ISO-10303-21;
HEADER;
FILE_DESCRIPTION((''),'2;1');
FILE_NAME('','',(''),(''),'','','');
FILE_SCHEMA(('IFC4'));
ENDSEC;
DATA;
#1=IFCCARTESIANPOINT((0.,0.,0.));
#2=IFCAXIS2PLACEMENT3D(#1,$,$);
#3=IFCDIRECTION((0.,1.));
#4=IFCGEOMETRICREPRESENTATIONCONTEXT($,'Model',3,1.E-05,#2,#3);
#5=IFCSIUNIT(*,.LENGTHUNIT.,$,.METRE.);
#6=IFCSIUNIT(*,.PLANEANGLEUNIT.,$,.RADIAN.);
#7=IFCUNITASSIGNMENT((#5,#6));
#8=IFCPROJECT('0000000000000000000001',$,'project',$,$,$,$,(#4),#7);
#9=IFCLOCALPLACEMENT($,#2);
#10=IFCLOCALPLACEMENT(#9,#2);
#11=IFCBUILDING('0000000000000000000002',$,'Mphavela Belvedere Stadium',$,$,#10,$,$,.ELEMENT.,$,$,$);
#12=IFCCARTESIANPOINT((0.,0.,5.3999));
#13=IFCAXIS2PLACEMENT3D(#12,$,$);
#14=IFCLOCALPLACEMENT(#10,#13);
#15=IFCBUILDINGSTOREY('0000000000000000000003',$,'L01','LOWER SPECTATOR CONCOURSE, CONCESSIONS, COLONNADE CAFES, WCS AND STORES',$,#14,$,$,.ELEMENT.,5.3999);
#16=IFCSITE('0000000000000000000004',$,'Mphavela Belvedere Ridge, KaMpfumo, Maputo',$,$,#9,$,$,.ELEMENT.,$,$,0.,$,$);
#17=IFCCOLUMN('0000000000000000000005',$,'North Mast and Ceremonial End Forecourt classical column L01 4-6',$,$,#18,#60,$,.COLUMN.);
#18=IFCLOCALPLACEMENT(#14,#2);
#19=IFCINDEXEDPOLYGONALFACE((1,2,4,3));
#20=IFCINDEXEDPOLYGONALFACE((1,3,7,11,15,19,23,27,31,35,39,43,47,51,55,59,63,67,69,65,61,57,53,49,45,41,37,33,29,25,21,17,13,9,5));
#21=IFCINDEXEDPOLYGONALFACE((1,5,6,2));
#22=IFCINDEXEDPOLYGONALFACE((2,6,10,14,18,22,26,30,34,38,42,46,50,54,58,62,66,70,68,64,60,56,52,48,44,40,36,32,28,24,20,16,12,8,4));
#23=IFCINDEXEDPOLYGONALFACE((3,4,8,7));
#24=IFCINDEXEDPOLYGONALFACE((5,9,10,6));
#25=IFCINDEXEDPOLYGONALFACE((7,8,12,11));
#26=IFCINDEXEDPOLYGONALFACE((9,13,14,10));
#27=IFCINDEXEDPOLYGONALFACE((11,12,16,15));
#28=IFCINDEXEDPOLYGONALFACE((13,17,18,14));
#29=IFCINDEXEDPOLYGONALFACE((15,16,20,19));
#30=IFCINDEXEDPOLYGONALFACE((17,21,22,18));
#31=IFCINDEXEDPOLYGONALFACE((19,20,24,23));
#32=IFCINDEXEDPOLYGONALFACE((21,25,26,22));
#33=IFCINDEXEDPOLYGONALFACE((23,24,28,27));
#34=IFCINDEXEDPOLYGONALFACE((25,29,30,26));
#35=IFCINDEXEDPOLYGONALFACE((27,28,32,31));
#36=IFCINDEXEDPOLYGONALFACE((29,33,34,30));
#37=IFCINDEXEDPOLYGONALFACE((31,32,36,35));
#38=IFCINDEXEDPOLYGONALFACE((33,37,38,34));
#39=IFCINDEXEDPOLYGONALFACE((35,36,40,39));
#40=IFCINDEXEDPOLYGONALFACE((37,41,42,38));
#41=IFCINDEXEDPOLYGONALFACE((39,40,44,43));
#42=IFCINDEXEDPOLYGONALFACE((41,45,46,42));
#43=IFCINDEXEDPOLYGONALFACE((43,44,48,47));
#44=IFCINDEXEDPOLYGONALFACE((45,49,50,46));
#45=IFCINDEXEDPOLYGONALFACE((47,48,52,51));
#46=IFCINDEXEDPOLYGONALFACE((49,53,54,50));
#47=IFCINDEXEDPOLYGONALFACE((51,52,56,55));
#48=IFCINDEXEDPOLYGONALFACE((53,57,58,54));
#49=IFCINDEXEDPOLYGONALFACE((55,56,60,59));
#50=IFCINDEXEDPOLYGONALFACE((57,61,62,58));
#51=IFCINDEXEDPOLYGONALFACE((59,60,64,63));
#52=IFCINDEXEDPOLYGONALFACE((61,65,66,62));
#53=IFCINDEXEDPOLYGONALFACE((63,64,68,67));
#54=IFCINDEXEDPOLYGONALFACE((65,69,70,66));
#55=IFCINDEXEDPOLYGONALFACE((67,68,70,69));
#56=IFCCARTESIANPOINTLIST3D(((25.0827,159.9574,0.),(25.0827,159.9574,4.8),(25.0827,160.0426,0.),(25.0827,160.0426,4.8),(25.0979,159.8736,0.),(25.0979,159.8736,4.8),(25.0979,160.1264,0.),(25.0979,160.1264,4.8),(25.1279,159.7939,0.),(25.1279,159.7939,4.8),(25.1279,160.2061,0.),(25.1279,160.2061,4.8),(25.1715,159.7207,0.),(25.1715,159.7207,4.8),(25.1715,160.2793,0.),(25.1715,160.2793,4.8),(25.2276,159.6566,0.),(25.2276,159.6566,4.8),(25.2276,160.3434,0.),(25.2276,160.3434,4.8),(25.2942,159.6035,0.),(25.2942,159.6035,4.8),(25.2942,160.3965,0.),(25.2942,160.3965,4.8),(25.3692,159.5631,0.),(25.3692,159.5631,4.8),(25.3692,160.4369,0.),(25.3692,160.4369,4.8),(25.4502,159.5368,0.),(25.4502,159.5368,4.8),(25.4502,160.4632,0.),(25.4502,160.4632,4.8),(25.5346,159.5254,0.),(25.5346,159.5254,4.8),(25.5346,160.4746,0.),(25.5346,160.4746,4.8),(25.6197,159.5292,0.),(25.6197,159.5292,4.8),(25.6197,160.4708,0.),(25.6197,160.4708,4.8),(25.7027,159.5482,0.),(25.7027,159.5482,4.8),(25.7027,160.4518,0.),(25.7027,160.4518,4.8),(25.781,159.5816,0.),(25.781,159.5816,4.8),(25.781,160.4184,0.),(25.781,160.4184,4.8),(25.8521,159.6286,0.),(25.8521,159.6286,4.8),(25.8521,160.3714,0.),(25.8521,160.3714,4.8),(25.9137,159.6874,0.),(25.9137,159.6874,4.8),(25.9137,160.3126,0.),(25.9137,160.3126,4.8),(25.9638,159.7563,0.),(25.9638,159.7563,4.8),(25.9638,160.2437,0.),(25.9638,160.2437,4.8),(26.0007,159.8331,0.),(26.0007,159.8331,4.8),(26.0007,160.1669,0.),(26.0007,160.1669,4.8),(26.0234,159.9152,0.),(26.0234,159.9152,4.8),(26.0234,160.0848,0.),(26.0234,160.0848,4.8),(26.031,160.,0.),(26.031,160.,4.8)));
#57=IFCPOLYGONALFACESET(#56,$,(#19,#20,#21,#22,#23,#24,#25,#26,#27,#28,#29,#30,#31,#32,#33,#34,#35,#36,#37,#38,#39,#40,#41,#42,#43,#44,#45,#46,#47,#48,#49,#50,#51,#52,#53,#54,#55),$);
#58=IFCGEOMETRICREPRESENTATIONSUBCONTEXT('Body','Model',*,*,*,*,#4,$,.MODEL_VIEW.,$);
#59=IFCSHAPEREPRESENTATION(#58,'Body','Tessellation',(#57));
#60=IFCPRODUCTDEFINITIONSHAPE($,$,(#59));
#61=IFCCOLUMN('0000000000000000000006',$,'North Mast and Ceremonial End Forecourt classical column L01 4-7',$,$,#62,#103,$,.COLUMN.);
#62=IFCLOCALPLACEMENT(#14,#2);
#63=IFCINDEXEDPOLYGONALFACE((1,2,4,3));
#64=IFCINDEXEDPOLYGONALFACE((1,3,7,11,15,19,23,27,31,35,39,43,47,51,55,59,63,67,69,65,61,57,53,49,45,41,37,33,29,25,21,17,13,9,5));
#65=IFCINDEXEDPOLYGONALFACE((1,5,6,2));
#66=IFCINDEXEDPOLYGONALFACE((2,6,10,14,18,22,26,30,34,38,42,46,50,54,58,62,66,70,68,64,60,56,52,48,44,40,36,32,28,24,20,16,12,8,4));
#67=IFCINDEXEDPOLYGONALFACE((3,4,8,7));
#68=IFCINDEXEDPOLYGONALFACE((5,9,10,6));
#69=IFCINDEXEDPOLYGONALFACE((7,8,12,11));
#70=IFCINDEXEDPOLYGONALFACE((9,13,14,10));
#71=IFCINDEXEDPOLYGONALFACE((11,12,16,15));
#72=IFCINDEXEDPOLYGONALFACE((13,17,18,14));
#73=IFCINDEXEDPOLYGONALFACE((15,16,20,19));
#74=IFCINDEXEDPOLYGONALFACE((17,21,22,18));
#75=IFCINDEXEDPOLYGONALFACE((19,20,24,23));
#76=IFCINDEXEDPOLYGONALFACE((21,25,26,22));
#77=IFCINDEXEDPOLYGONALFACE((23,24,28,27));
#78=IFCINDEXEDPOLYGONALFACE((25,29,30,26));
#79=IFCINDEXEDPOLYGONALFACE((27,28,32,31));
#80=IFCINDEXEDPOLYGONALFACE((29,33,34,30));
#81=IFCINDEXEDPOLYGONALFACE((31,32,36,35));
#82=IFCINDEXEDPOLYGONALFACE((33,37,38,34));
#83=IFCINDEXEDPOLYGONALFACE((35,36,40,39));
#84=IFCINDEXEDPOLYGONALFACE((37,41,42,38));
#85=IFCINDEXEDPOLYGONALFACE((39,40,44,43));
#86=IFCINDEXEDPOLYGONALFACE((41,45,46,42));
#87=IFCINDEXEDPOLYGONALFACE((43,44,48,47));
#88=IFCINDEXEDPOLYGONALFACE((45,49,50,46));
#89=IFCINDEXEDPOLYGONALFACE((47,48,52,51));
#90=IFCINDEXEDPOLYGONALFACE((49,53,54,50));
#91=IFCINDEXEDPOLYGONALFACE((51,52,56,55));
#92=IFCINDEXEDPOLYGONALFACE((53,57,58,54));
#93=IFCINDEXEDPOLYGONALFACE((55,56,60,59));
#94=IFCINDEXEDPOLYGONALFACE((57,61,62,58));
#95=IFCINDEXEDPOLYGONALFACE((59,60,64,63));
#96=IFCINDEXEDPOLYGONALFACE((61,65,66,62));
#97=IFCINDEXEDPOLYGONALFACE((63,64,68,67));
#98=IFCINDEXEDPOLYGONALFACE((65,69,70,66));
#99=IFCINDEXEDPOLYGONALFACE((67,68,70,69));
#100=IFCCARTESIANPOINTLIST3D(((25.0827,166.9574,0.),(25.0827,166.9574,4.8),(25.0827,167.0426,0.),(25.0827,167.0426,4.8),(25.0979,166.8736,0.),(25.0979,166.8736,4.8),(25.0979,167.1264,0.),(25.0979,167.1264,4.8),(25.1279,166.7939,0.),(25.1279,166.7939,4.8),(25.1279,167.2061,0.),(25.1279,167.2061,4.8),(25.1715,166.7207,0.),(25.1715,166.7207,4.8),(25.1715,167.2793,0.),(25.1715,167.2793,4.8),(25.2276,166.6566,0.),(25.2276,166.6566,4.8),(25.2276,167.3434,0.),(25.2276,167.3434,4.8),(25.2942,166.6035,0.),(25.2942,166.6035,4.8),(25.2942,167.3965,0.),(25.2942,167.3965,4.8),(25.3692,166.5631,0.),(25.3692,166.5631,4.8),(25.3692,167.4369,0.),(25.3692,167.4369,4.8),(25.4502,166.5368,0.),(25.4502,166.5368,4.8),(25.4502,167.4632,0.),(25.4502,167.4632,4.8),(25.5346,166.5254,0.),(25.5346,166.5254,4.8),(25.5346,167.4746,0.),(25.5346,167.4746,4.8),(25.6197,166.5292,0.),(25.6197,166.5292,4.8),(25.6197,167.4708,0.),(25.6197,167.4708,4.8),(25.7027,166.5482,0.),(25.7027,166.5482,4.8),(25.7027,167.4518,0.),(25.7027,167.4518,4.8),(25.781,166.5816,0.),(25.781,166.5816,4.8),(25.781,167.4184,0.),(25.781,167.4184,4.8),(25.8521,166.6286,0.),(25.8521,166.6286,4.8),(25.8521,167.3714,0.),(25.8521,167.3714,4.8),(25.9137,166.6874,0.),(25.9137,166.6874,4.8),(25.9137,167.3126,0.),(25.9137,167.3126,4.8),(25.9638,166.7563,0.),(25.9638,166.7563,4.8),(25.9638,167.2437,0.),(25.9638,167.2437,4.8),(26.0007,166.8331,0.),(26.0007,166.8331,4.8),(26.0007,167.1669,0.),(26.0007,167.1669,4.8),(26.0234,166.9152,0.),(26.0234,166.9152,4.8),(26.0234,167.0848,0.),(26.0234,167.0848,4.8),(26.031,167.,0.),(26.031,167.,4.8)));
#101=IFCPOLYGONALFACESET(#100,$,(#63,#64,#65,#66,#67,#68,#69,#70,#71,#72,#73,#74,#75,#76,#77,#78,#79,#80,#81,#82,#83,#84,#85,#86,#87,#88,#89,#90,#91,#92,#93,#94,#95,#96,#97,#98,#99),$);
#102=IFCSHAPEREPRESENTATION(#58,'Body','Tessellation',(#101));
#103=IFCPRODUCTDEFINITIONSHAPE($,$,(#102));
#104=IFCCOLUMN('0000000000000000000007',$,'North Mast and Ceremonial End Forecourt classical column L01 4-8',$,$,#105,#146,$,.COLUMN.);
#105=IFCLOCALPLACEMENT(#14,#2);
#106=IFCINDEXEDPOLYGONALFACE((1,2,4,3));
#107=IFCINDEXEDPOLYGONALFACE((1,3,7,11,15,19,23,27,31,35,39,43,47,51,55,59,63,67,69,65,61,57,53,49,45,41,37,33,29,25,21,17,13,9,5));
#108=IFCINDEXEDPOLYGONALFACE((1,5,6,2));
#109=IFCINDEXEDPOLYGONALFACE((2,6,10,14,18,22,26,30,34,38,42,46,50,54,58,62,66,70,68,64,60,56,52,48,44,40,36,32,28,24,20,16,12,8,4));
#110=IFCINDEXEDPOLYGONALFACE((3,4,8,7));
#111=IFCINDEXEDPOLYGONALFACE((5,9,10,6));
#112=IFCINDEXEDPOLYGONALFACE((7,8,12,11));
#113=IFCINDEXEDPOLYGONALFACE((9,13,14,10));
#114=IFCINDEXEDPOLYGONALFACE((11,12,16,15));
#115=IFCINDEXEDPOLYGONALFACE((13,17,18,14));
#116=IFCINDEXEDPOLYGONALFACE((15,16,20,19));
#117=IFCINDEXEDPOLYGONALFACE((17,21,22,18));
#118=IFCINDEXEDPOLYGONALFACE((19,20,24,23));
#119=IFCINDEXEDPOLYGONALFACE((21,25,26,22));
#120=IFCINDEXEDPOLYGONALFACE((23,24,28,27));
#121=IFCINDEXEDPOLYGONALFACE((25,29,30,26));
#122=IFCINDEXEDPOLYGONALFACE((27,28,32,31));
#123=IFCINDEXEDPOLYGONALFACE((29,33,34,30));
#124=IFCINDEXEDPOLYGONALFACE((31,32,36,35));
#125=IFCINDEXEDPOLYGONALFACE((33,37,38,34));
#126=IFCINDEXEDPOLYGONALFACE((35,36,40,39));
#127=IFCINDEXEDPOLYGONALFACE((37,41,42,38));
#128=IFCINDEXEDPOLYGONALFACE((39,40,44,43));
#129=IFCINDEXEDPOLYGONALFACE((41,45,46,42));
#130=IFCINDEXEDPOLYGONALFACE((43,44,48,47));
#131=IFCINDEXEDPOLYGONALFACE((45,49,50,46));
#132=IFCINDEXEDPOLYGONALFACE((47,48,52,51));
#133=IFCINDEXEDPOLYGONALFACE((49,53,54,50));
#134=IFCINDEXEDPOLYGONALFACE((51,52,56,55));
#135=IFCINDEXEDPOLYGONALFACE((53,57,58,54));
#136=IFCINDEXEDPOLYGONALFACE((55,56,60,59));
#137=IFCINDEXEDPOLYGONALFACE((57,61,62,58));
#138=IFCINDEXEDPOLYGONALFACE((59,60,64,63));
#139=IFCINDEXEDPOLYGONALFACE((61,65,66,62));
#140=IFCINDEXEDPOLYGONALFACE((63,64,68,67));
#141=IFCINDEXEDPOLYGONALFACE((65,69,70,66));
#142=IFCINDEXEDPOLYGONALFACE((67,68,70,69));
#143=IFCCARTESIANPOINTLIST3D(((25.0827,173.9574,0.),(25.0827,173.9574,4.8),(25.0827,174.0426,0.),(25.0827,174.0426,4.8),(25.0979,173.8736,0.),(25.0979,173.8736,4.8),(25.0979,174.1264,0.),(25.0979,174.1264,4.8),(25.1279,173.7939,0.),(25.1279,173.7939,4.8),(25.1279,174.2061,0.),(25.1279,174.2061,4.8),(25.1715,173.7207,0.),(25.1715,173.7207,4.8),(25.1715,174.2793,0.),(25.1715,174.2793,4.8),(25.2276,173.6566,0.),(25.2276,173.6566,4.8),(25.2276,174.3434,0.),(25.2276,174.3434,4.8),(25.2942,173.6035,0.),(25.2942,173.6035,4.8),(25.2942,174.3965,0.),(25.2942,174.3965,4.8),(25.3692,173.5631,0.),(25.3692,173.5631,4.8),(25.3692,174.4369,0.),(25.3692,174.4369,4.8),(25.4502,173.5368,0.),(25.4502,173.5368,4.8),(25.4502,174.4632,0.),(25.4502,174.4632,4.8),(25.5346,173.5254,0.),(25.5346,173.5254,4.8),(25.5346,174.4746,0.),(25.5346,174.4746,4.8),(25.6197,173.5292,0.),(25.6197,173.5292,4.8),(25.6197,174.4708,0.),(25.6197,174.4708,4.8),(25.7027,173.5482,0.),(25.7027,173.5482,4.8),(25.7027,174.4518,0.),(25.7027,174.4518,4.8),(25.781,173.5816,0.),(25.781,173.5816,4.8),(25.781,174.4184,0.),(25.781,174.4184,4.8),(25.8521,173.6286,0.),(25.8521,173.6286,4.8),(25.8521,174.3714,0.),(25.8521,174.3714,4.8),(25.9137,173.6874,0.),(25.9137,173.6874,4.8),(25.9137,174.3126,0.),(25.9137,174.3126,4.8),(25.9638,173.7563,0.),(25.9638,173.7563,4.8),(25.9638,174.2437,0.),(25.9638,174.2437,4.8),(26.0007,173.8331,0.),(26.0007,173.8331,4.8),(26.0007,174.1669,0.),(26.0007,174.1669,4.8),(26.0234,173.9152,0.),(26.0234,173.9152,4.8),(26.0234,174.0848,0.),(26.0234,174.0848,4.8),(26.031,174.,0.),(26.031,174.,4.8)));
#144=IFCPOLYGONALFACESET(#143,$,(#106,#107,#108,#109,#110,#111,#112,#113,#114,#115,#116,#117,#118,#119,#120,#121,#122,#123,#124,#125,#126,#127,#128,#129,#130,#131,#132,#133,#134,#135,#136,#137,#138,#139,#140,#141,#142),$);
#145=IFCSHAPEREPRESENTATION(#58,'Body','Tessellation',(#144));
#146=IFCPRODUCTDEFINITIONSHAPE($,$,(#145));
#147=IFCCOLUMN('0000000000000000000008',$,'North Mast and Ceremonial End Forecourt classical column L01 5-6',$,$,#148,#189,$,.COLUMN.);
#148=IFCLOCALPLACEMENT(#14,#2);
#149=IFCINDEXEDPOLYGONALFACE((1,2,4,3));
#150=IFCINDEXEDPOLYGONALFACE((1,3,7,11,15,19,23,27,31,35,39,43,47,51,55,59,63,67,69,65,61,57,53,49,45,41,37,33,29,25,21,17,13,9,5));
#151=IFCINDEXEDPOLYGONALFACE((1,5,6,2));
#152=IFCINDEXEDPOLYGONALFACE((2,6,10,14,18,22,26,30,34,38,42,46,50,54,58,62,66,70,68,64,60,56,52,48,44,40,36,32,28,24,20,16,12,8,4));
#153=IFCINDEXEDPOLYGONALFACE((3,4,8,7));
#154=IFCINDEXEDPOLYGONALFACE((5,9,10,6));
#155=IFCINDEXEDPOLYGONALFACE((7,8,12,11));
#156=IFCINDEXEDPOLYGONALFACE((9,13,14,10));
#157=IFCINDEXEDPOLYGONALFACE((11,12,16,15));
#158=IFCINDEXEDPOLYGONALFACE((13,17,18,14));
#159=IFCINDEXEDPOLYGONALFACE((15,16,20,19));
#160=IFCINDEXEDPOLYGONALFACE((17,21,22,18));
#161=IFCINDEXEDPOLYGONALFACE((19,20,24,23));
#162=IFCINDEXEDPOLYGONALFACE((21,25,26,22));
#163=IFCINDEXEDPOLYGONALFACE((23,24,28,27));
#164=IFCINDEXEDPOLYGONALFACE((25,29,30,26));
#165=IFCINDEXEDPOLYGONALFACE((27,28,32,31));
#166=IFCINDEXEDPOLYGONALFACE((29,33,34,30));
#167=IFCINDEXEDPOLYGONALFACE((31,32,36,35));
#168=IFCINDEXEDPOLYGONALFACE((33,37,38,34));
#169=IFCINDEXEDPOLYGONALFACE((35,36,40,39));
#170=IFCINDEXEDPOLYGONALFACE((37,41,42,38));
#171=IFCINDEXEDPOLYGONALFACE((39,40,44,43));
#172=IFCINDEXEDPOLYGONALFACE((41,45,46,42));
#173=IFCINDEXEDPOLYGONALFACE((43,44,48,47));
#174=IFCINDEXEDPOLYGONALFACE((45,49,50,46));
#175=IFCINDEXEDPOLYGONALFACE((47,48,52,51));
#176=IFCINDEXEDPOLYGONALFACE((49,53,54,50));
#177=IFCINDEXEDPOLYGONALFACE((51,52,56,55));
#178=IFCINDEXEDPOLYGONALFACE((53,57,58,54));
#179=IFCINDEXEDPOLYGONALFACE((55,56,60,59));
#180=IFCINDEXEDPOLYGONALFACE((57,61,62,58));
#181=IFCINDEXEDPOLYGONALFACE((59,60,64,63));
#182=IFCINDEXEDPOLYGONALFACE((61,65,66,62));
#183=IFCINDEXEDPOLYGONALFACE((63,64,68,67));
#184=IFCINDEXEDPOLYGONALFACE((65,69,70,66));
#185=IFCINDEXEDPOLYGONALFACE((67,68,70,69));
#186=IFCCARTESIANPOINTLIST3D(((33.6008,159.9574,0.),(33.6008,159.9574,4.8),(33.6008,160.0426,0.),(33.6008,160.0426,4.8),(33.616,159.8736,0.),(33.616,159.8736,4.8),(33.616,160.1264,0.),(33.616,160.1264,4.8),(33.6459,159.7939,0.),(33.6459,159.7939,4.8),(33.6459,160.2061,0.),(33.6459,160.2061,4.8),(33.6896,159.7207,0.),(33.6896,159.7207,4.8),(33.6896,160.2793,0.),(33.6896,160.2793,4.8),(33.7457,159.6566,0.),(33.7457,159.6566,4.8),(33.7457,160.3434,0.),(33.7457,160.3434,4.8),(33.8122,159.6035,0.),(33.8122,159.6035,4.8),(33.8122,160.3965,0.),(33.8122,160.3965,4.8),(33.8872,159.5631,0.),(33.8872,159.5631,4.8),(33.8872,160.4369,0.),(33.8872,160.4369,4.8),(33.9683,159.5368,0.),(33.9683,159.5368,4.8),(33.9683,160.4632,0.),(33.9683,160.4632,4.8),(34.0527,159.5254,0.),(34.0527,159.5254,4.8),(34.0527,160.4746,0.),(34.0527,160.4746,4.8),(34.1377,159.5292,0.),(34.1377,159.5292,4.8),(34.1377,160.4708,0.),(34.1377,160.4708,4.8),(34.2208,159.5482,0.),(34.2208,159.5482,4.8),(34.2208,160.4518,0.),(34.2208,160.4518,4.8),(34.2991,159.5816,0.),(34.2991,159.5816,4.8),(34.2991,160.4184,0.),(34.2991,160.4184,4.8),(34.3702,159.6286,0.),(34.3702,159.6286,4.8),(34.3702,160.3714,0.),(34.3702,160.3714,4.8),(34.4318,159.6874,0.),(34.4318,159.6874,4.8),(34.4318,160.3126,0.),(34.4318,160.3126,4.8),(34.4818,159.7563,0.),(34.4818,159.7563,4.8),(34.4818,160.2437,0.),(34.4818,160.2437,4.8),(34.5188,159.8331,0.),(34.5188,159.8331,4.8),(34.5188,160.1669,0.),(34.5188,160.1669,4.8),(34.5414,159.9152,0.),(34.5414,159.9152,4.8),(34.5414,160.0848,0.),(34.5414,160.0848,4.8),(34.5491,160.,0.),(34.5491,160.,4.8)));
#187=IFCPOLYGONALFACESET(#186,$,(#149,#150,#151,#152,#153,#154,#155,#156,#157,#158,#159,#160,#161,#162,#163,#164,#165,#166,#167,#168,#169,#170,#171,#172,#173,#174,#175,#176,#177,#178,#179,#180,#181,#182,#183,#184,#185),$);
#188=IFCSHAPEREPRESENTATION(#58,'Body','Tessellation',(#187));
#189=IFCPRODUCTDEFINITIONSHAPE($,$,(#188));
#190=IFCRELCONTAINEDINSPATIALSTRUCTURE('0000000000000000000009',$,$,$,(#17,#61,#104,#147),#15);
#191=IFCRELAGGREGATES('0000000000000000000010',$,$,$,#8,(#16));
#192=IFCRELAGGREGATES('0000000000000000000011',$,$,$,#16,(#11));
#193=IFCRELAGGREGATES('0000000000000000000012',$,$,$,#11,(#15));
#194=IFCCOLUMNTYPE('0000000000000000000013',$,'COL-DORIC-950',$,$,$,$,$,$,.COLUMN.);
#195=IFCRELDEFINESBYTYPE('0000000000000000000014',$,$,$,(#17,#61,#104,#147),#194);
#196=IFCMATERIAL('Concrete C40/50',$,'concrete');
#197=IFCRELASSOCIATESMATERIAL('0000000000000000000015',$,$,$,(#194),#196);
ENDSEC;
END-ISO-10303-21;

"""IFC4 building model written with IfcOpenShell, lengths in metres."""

from ifc_helpers import new_model, si_unit, direction, frame, origin, origin_2d, place, context, subcontext, project, spatial, circle, extrude, material, material_profile, profile_set, type_object, element, save


model = new_model("IFC4")

# Units and contexts
model_context = context("Model", 3, precision=1e-05, world=origin(), true_north=direction((0.0, 1.0)))
body_context = subcontext(model_context, "Body", "Model", "MODEL_VIEW")
ifc_project = project(units=[si_unit("LENGTHUNIT", "METRE"), si_unit("PLANEANGLEUNIT", "RADIAN")], contexts=[model_context])

# Site, building, storey
site_placement = place(None, origin())
site = spatial("IfcSite", under=ifc_project, at=site_placement, Name="Mphavela Belvedere Ridge, KaMpfumo, Maputo", CompositionType="ELEMENT", RefElevation=0.0)
building_placement = place(site_placement, origin())
building = spatial("IfcBuilding", under=site, at=building_placement, Name="Mphavela Belvedere Stadium", CompositionType="ELEMENT")
storey_placement = place(building_placement, frame((0.0, 0.0, 5.3999)))
storey = spatial("IfcBuildingStorey", under=building, at=storey_placement, Name="L01", Description="LOWER SPECTATOR CONCOURSE, CONCESSIONS, COLONNADE CAFES, WCS AND STORES", CompositionType="ELEMENT", Elevation=5.3999)

# Columns
ifc_material_1 = material(Name="Concrete C40/50", Category="concrete")
ifc_material_profile_1 = material_profile(ifc_material_1, circle(Radius=0.4751, at=origin_2d()), Name="COL D950")
ifc_profile_set_1 = profile_set([ifc_material_profile_1], Name="Concrete C40/50")
column_type = type_object("IfcColumnType", Name="COL-DORIC-950", PredefinedType="COLUMN", material=ifc_profile_set_1)
for number, where, z_axis, x_axis, name in (
    (1, (25.5559, 160.0, 0.0), (0.0, 0.0, 1.0), (1.0, 0.0, 0.0), "North Mast and Ceremonial End Forecourt classical column L01 4-6"),
    (2, (25.5559, 167.0, 0.0), (0.0, 0.0, 1.0), (1.0, 0.0, 0.0), "North Mast and Ceremonial End Forecourt classical column L01 4-7"),
    (3, (25.5559, 174.0, 0.0), (0.0, 0.0, 1.0), (1.0, 0.0, 0.0), "North Mast and Ceremonial End Forecourt classical column L01 4-8"),
    (4, (34.074, 160.0, 0.0), (0.0, 0.0, 1.0), (1.0, 0.0, 0.0), "North Mast and Ceremonial End Forecourt classical column L01 5-6"),
):
    element("IfcColumn", number, at=place(storey_placement, frame(where, z_axis=z_axis, x_axis=x_axis)), inside=storey, type_object=column_type, Name=name, PredefinedType="COLUMN", context=body_context, shape_type="SweptSolid", body=[
        extrude(circle(Radius=0.4751, at=origin_2d()), origin(), (0.0, 0.0, 1.0), 4.8),
    ])

save(model, "model.ifc")
